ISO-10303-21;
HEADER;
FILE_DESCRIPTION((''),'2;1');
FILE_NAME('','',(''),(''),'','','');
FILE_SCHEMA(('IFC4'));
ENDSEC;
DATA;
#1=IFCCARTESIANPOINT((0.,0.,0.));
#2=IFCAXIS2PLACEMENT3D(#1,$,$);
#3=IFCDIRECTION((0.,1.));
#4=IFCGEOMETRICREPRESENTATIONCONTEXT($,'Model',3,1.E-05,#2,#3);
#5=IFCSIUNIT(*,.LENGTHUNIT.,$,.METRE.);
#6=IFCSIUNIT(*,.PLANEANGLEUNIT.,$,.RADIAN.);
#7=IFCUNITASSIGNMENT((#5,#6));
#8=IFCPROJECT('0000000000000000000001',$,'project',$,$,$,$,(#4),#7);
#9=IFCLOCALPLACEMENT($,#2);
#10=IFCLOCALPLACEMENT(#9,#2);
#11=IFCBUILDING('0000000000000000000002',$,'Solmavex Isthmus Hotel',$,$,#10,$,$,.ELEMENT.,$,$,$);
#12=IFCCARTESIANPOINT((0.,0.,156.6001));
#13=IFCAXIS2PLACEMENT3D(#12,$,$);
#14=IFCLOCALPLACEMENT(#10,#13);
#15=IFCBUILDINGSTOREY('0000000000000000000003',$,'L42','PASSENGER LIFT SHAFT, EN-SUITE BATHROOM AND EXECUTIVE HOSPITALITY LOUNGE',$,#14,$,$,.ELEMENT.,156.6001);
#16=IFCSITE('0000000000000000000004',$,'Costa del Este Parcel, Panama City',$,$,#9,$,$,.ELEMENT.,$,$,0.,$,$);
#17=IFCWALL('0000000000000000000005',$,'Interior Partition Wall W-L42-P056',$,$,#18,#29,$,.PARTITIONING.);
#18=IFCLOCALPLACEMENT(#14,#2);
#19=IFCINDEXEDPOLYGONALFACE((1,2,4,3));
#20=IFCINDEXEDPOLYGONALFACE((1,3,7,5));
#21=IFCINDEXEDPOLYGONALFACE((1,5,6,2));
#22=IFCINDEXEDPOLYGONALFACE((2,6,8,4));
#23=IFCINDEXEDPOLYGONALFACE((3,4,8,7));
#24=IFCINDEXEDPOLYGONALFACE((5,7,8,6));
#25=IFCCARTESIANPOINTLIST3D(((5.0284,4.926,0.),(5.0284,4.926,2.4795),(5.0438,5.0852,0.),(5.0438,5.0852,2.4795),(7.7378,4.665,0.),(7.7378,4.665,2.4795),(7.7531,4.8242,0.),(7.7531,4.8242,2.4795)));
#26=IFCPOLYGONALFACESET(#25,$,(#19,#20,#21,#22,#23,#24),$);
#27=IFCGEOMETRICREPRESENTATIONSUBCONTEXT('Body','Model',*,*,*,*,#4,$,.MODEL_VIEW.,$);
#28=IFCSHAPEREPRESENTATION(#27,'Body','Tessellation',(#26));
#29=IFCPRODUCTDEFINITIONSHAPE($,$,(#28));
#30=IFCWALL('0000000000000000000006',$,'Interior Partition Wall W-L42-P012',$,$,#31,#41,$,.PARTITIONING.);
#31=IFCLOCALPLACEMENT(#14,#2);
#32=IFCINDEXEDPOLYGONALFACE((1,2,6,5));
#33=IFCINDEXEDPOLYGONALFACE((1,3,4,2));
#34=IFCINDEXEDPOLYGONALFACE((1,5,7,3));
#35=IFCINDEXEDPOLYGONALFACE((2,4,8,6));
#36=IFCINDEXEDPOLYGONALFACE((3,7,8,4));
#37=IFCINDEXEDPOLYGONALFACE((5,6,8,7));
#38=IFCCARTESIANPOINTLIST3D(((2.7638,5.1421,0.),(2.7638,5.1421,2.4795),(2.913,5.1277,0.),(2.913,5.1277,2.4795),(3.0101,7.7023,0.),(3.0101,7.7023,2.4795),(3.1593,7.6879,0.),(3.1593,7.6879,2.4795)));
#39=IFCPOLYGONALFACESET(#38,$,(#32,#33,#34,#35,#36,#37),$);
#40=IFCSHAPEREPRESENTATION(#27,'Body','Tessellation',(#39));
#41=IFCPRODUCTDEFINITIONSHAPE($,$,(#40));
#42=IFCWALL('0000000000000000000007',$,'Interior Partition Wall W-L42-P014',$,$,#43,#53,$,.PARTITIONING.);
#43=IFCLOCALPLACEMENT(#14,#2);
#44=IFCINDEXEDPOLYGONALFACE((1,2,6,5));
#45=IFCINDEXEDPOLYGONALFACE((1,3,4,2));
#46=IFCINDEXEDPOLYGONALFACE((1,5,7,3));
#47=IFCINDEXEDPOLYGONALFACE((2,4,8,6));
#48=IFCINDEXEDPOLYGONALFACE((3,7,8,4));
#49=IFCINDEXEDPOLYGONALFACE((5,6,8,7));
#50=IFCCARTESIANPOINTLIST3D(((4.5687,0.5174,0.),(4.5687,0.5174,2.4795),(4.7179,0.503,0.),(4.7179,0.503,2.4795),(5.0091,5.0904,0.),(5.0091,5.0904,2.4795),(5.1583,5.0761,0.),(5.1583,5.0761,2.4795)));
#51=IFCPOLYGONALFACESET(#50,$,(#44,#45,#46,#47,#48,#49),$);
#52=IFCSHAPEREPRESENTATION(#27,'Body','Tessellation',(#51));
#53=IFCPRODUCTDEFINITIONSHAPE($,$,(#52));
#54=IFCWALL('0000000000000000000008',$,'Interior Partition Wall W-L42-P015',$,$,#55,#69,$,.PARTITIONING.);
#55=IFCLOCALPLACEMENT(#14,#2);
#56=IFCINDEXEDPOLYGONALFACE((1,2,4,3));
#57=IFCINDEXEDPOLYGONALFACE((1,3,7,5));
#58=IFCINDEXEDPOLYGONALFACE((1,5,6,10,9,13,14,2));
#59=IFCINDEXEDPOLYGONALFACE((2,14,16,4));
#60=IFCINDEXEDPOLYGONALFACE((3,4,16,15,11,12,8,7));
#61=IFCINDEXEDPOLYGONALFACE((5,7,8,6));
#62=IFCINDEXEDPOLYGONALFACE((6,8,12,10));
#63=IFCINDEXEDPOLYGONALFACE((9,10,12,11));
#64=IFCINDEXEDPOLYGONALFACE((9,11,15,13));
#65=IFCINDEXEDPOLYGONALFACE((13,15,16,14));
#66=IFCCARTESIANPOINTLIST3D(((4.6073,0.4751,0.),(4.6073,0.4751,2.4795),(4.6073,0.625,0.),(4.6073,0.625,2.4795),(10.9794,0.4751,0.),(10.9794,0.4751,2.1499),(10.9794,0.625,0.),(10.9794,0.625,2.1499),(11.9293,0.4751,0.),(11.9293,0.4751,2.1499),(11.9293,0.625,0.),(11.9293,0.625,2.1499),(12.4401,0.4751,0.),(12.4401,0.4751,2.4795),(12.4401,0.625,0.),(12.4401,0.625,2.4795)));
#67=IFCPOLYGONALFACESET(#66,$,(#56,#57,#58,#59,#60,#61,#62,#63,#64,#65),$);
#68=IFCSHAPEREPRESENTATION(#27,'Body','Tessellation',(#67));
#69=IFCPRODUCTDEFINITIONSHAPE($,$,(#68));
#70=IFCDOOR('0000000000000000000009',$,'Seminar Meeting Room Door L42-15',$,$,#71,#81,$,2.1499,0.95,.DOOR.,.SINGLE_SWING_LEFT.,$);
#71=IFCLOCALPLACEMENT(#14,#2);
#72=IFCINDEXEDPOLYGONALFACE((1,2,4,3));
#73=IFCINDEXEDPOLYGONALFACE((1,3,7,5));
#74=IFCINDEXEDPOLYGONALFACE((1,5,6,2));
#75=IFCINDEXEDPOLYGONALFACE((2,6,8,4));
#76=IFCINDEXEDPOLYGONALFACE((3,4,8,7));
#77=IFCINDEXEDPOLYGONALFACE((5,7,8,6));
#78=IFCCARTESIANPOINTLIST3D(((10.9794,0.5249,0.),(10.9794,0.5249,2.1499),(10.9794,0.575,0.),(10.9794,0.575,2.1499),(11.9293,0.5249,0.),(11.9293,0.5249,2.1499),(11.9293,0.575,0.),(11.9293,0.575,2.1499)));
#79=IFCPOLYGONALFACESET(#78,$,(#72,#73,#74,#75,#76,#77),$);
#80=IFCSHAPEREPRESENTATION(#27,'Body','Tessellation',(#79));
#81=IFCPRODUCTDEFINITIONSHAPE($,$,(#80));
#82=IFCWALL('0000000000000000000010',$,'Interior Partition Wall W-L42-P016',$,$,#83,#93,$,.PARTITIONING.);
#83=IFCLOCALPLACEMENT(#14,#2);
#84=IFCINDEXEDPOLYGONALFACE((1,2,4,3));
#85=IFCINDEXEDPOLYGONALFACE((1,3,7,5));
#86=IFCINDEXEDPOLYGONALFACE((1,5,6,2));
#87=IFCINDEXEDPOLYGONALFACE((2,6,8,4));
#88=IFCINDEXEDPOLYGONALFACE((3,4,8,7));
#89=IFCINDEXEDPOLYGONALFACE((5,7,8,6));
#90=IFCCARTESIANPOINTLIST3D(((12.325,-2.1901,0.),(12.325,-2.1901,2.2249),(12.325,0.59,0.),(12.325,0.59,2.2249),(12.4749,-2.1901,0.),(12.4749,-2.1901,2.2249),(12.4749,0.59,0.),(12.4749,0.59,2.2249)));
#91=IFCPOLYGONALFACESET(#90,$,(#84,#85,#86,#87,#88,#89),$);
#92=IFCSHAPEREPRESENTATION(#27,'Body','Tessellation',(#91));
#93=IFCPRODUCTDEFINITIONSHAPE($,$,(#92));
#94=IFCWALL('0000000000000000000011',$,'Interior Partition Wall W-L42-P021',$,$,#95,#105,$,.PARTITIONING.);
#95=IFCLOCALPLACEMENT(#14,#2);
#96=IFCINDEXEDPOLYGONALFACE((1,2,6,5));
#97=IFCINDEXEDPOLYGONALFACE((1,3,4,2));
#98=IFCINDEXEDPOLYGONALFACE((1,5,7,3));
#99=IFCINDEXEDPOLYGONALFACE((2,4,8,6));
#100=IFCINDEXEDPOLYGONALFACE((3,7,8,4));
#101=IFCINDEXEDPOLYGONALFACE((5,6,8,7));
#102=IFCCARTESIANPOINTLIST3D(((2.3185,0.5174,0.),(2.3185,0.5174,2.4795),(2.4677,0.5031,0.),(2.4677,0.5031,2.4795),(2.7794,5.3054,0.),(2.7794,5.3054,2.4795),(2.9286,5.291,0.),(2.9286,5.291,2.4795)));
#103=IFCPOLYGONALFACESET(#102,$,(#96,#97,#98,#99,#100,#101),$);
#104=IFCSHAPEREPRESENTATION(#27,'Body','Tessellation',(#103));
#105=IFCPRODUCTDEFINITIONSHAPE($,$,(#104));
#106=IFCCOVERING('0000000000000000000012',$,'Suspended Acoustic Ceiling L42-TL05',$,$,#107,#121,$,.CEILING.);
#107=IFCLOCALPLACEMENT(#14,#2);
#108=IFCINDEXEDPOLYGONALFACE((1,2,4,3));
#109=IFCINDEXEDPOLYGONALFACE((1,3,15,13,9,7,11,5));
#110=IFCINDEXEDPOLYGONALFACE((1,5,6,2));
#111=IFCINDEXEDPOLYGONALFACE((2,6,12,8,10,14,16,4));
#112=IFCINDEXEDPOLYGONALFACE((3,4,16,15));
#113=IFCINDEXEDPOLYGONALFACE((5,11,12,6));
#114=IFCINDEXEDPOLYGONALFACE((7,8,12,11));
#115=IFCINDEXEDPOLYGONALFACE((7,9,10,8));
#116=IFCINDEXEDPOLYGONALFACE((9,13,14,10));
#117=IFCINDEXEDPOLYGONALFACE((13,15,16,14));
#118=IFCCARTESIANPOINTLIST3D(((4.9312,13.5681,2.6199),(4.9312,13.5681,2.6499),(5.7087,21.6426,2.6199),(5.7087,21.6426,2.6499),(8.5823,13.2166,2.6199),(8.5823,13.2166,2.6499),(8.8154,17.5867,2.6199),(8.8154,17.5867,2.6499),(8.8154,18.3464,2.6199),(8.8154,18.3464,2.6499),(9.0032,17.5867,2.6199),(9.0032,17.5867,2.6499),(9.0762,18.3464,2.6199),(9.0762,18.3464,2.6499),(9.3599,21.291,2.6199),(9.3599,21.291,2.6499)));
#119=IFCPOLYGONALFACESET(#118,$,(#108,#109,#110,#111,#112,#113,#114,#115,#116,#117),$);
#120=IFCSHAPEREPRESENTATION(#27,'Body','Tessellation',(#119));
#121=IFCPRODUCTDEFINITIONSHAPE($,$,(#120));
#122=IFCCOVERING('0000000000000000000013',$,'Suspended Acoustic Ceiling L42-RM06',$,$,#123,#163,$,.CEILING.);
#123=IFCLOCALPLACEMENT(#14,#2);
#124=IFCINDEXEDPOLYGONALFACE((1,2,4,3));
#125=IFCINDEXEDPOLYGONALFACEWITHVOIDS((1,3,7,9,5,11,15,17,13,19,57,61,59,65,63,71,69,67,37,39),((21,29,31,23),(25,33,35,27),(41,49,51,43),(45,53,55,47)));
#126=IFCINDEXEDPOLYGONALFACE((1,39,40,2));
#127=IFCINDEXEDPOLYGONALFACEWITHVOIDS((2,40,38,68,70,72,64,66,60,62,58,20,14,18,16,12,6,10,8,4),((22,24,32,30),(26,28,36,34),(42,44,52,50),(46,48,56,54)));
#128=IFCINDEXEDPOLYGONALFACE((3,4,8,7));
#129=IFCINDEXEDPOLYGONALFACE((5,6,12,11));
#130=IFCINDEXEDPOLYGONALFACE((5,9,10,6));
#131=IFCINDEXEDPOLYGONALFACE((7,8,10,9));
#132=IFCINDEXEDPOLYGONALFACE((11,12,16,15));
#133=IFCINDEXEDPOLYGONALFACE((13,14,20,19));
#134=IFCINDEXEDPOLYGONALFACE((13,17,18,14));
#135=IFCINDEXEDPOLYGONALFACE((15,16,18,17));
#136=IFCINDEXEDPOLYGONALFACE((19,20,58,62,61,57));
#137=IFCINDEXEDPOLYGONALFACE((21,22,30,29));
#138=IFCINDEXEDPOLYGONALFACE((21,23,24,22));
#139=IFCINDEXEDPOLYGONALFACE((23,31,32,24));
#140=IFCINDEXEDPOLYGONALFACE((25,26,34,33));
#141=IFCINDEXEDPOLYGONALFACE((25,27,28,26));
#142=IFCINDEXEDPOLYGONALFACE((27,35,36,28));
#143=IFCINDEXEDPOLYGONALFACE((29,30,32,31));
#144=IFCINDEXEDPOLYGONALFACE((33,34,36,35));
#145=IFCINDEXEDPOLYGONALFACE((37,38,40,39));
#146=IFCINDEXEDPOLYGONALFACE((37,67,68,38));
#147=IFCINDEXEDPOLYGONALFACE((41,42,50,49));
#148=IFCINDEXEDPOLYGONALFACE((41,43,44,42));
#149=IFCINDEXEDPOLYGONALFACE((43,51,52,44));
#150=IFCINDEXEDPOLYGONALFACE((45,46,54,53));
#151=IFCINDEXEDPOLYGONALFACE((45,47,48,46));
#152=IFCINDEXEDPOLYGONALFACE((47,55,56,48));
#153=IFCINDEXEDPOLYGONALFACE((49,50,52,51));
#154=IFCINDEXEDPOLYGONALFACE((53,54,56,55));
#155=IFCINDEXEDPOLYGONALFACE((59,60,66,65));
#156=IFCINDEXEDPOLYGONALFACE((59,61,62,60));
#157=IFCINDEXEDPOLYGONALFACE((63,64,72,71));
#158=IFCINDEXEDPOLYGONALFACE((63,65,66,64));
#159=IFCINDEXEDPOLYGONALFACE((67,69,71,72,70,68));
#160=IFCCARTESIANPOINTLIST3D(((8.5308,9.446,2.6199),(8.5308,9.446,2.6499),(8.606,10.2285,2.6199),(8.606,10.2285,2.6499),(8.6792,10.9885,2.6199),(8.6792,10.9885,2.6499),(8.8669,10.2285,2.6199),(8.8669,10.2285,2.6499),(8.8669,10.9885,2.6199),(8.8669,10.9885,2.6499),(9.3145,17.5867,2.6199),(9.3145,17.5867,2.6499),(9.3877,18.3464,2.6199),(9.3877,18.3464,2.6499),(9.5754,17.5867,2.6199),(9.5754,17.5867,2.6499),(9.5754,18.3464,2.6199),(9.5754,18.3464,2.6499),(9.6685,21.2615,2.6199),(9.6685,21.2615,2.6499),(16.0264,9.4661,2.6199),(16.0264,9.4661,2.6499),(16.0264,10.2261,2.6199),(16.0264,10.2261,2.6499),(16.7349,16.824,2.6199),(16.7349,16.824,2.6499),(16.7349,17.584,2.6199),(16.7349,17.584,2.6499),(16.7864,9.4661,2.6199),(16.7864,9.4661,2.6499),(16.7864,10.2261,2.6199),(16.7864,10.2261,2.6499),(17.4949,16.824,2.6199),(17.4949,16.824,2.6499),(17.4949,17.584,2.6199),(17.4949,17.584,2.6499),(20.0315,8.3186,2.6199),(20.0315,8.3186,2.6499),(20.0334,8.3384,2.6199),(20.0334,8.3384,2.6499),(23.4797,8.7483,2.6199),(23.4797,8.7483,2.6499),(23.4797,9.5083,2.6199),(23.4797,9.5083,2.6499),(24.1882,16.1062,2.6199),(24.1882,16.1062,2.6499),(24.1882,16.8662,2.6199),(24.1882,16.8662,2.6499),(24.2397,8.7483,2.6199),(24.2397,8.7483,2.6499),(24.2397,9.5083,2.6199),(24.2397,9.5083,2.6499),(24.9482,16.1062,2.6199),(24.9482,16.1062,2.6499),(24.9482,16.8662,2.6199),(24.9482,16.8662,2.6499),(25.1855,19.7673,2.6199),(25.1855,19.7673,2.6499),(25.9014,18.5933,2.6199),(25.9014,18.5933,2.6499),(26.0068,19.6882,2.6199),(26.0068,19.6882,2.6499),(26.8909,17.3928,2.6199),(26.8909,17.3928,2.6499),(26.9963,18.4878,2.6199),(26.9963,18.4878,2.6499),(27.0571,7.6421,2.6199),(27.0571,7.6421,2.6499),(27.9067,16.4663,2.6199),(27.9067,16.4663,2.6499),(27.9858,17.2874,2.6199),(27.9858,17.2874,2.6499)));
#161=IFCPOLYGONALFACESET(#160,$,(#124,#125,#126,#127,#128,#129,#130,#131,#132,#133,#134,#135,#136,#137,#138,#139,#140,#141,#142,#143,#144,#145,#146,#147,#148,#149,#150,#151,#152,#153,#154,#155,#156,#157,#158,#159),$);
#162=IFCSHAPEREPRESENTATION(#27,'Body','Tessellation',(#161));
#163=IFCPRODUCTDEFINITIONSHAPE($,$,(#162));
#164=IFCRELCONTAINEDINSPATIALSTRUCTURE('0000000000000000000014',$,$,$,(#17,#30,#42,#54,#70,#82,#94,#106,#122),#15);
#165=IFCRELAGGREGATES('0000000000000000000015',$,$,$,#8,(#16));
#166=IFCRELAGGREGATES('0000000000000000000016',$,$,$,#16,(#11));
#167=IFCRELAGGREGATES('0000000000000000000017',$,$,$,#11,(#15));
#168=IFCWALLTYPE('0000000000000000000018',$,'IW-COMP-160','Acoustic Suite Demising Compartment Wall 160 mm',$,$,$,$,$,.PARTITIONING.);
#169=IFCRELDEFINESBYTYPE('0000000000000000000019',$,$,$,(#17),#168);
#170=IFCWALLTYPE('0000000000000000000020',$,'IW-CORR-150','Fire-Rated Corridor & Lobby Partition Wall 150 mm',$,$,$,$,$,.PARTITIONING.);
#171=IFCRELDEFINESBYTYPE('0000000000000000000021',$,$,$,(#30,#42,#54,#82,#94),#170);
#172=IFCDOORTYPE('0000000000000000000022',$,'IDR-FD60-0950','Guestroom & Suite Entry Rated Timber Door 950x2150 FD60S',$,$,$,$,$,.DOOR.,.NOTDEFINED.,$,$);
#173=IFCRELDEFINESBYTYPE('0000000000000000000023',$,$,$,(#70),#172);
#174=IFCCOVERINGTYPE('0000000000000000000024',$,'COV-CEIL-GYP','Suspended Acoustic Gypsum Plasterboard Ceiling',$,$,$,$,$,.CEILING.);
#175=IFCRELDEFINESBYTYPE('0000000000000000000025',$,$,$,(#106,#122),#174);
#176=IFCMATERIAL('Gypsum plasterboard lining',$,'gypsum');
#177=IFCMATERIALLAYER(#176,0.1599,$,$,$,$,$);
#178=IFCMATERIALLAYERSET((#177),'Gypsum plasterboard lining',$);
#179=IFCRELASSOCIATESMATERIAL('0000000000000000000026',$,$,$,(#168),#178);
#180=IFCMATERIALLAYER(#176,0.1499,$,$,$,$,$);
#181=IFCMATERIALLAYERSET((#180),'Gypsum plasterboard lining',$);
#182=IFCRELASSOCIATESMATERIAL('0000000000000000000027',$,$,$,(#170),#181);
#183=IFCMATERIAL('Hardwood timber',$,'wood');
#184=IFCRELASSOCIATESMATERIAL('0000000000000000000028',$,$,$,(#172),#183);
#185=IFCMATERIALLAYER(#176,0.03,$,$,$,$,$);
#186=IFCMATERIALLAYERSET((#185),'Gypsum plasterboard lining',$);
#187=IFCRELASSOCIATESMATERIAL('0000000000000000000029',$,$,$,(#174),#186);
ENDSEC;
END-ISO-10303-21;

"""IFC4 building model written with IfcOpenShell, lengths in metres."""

from ifc_helpers import new_model, si_unit, direction, frame, frame_2d, origin, place, context, subcontext, project, spatial, polyline, rectangle, outline, extrude, material, layer, layer_set, type_object, element, fill, save


model = new_model("IFC4")

# Units and contexts
model_context = context("Model", 3, precision=1e-05, world=origin(), true_north=direction((0.0, 1.0)))
body_context = subcontext(model_context, "Body", "Model", "MODEL_VIEW")
ifc_project = project(units=[si_unit("LENGTHUNIT", "METRE"), si_unit("PLANEANGLEUNIT", "RADIAN")], contexts=[model_context])

# Site, building, storey
site_placement = place(None, origin())
site = spatial("IfcSite", under=ifc_project, at=site_placement, Name="Costa del Este Parcel, Panama City", CompositionType="ELEMENT", RefElevation=0.0)
building_placement = place(site_placement, origin())
building = spatial("IfcBuilding", under=site, at=building_placement, Name="Solmavex Isthmus Hotel", CompositionType="ELEMENT")
storey_placement = place(building_placement, frame((0.0, 0.0, 156.6001)))
storey = spatial("IfcBuildingStorey", under=building, at=storey_placement, Name="L42", Description="PASSENGER LIFT SHAFT, EN-SUITE BATHROOM AND EXECUTIVE HOSPITALITY LOUNGE", CompositionType="ELEMENT", Elevation=156.6001)

# Walls
ifc_material_1 = material(Name="Gypsum plasterboard lining", Category="gypsum")
ifc_layer_1 = layer(ifc_material_1, 0.1599)
ifc_layer_set_1 = layer_set([ifc_layer_1], Name="Gypsum plasterboard lining")
wall_type_1 = type_object("IfcWallType", Name="IW-COMP-160", Description="Acoustic Suite Demising Compartment Wall 160 mm", PredefinedType="PARTITIONING", material=ifc_layer_set_1)
wall_1_placement = place(storey_placement, frame((7.7454, 4.7446, 0.0), z_axis=(0.0, 0.0, 1.0), x_axis=(-0.995393, 0.09588, 0.0)))
element("IfcWall", 1, at=wall_1_placement, inside=storey, type_object=wall_type_1, Name="Interior Partition Wall W-L42-P056", PredefinedType="PARTITIONING", context=body_context, shape_type="SweptSolid", body=[
    extrude(rectangle(XDim=2.7219, YDim=0.1599, at=frame_2d((1.3608, 0.0))), origin(), (0.0, 0.0, 1.0), 2.4795),
])
ifc_layer_2 = layer(ifc_material_1, 0.1499)
ifc_layer_set_2 = layer_set([ifc_layer_2], Name="Gypsum plasterboard lining")
wall_type_2 = type_object("IfcWallType", Name="IW-CORR-150", Description="Fire-Rated Corridor & Lobby Partition Wall 150 mm", PredefinedType="PARTITIONING", material=ifc_layer_set_2)
wall_2_placement = place(storey_placement, frame((2.8384, 5.1348, 0.0), z_axis=(0.0, 0.0, 1.0), x_axis=(0.095772, 0.995403, 0.0)))
element("IfcWall", 2, at=wall_2_placement, inside=storey, type_object=wall_type_2, Name="Interior Partition Wall W-L42-P012", PredefinedType="PARTITIONING", context=body_context, shape_type="SweptSolid", body=[
    extrude(rectangle(XDim=2.572, YDim=0.1499, at=frame_2d((1.2861, 0.0))), origin(), (0.0, 0.0, 1.0), 2.4795),
])
wall_3_placement = place(storey_placement, frame((5.0837, 5.0833, 0.0), z_axis=(0.0, 0.0, 1.0), x_axis=(-0.095867, -0.995394, 0.0)))
element("IfcWall", 3, at=wall_3_placement, inside=storey, type_object=wall_type_2, Name="Interior Partition Wall W-L42-P014", PredefinedType="PARTITIONING", context=body_context, shape_type="SweptSolid", body=[
    extrude(rectangle(XDim=4.5942, YDim=0.1499, at=frame_2d((2.2971, 0.0))), origin(), (0.0, 0.0, 1.0), 2.4795),
])

# Wall, opening, door
wall_4_placement = place(storey_placement, frame((4.6072, 0.55, 0.0), z_axis=(0.0, 0.0, 1.0), x_axis=(1.0, 0.0, 0.0)))
wall_4 = element("IfcWall", 4, at=wall_4_placement, inside=storey, type_object=wall_type_2, Name="Interior Partition Wall W-L42-P015", PredefinedType="PARTITIONING", context=body_context, shape_type="SweptSolid", body=[
    extrude(rectangle(XDim=7.8328, YDim=0.1499, at=frame_2d((3.9165, 0.0))), origin(), (0.0, 0.0, 1.0), 2.4795),
])
opening_placement = place(wall_4_placement, frame((6.3721, 0.0, 0.0)))
opening = element("IfcOpeningElement", 5, at=opening_placement, cuts=wall_4, PredefinedType="OPENING", context=body_context, shape_type="SweptSolid", body=[
    extrude(rectangle(XDim=0.95, YDim=2.1499, at=frame_2d((0.4751, 1.075))), frame((0.0, 0.085, 0.0), z_axis=(0.0, -1.0, 0.0), x_axis=(1.0, 0.0, 0.0)), (0.0, 0.0, 1.0), 0.1699),
])
ifc_material_2 = material(Name="Hardwood timber", Category="wood")
door_type = type_object("IfcDoorType", Name="IDR-FD60-0950", Description="Guestroom & Suite Entry Rated Timber Door 950x2150 FD60S", OperationType="NOTDEFINED", PredefinedType="DOOR", material=ifc_material_2)
door_placement = place(opening_placement, origin())
door = element("IfcDoor", 6, at=door_placement, inside=storey, type_object=door_type, Name="Seminar Meeting Room Door L42-15", OperationType="SINGLE_SWING_LEFT", OverallHeight=2.1499, OverallWidth=0.95, PredefinedType="DOOR", context=body_context, shape_type="SweptSolid", body=[
    extrude(rectangle(XDim=0.95, YDim=2.1499, at=frame_2d((0.4751, 1.075))), frame((0.0, 0.0249, 0.0), z_axis=(0.0, -1.0, 0.0), x_axis=(1.0, 0.0, 0.0)), (0.0, 0.0, 1.0), 0.05),
])
fill(opening, door)

# Walls
wall_5_placement = place(storey_placement, frame((12.3999, 0.5901, 0.0), z_axis=(0.0, 0.0, 1.0), x_axis=(0.0, -1.0, 0.0)))
element("IfcWall", 7, at=wall_5_placement, inside=storey, type_object=wall_type_2, Name="Interior Partition Wall W-L42-P016", PredefinedType="PARTITIONING", context=body_context, shape_type="SweptSolid", body=[
    extrude(rectangle(XDim=2.78, YDim=0.1499, at=frame_2d((1.3901, 0.0))), origin(), (0.0, 0.0, 1.0), 2.2249),
])
wall_6_placement = place(storey_placement, frame((2.3931, 0.5103, 0.0), z_axis=(0.0, 0.0, 1.0), x_axis=(0.095829, 0.995398, 0.0)))
element("IfcWall", 8, at=wall_6_placement, inside=storey, type_object=wall_type_2, Name="Interior Partition Wall W-L42-P021", PredefinedType="PARTITIONING", context=body_context, shape_type="SweptSolid", body=[
    extrude(rectangle(XDim=4.8101, YDim=0.1499, at=frame_2d((2.405, 0.0))), origin(), (0.0, 0.0, 1.0), 2.4795),
])

# Coverings
ifc_layer_3 = layer(ifc_material_1, 0.03)
ifc_layer_set_3 = layer_set([ifc_layer_3], Name="Gypsum plasterboard lining")
covering_type_1 = type_object("IfcCoveringType", Name="COV-CEIL-GYP", Description="Suspended Acoustic Gypsum Plasterboard Ceiling", PredefinedType="CEILING", material=ifc_layer_set_3)
covering_1_placement = place(storey_placement, frame((0.0, 0.0, 2.6199)))
element("IfcCovering", 9, at=covering_1_placement, inside=storey, type_object=covering_type_1, Name="Suspended Acoustic Ceiling L42-TL05", PredefinedType="CEILING", context=body_context, shape_type="SweptSolid", body=[
    extrude(outline(polyline([(9.0032, 17.5867), (8.8154, 17.5867), (8.8154, 18.3464), (9.0762, 18.3464), (9.3599, 21.291), (5.7087, 21.6426), (4.9312, 13.5681), (8.5823, 13.2166), (9.0032, 17.5867)])), origin(), (0.0, 0.0, 1.0), 0.03),
])
covering_2_placement = place(storey_placement, frame((0.0, 0.0, 2.6199)))
element("IfcCovering", 10, at=covering_2_placement, inside=storey, type_object=covering_type_1, Name="Suspended Acoustic Ceiling L42-RM06", PredefinedType="CEILING", context=body_context, shape_type="SweptSolid", body=[
    extrude(outline(polyline([(8.6792, 10.9885), (8.8669, 10.9885), (8.8669, 10.2285), (8.606, 10.2285), (8.5308, 9.446), (20.0334, 8.3384), (20.0315, 8.3186), (27.0571, 7.6421), (27.9067, 16.4663), (27.9858, 17.2874), (26.8909, 17.3928), (26.9963, 18.4878), (25.9014, 18.5933), (26.0068, 19.6882), (25.1855, 19.7673), (9.6685, 21.2615), (9.3877, 18.3464), (9.5754, 18.3464), (9.5754, 17.5867), (9.3145, 17.5867), (8.6792, 10.9885)]), holes=[polyline([(24.1882, 16.1062), (24.1882, 16.8662), (24.9482, 16.8662), (24.9482, 16.1062), (24.1882, 16.1062)]), polyline([(23.4797, 8.7483), (23.4797, 9.5083), (24.2397, 9.5083), (24.2397, 8.7483), (23.4797, 8.7483)]), polyline([(16.7349, 16.824), (16.7349, 17.584), (17.4949, 17.584), (17.4949, 16.824), (16.7349, 16.824)]), polyline([(16.0264, 9.4661), (16.0264, 10.2261), (16.7864, 10.2261), (16.7864, 9.4661), (16.0264, 9.4661)])]), origin(), (0.0, 0.0, 1.0), 0.03),
])

save(model, "model.ifc")
